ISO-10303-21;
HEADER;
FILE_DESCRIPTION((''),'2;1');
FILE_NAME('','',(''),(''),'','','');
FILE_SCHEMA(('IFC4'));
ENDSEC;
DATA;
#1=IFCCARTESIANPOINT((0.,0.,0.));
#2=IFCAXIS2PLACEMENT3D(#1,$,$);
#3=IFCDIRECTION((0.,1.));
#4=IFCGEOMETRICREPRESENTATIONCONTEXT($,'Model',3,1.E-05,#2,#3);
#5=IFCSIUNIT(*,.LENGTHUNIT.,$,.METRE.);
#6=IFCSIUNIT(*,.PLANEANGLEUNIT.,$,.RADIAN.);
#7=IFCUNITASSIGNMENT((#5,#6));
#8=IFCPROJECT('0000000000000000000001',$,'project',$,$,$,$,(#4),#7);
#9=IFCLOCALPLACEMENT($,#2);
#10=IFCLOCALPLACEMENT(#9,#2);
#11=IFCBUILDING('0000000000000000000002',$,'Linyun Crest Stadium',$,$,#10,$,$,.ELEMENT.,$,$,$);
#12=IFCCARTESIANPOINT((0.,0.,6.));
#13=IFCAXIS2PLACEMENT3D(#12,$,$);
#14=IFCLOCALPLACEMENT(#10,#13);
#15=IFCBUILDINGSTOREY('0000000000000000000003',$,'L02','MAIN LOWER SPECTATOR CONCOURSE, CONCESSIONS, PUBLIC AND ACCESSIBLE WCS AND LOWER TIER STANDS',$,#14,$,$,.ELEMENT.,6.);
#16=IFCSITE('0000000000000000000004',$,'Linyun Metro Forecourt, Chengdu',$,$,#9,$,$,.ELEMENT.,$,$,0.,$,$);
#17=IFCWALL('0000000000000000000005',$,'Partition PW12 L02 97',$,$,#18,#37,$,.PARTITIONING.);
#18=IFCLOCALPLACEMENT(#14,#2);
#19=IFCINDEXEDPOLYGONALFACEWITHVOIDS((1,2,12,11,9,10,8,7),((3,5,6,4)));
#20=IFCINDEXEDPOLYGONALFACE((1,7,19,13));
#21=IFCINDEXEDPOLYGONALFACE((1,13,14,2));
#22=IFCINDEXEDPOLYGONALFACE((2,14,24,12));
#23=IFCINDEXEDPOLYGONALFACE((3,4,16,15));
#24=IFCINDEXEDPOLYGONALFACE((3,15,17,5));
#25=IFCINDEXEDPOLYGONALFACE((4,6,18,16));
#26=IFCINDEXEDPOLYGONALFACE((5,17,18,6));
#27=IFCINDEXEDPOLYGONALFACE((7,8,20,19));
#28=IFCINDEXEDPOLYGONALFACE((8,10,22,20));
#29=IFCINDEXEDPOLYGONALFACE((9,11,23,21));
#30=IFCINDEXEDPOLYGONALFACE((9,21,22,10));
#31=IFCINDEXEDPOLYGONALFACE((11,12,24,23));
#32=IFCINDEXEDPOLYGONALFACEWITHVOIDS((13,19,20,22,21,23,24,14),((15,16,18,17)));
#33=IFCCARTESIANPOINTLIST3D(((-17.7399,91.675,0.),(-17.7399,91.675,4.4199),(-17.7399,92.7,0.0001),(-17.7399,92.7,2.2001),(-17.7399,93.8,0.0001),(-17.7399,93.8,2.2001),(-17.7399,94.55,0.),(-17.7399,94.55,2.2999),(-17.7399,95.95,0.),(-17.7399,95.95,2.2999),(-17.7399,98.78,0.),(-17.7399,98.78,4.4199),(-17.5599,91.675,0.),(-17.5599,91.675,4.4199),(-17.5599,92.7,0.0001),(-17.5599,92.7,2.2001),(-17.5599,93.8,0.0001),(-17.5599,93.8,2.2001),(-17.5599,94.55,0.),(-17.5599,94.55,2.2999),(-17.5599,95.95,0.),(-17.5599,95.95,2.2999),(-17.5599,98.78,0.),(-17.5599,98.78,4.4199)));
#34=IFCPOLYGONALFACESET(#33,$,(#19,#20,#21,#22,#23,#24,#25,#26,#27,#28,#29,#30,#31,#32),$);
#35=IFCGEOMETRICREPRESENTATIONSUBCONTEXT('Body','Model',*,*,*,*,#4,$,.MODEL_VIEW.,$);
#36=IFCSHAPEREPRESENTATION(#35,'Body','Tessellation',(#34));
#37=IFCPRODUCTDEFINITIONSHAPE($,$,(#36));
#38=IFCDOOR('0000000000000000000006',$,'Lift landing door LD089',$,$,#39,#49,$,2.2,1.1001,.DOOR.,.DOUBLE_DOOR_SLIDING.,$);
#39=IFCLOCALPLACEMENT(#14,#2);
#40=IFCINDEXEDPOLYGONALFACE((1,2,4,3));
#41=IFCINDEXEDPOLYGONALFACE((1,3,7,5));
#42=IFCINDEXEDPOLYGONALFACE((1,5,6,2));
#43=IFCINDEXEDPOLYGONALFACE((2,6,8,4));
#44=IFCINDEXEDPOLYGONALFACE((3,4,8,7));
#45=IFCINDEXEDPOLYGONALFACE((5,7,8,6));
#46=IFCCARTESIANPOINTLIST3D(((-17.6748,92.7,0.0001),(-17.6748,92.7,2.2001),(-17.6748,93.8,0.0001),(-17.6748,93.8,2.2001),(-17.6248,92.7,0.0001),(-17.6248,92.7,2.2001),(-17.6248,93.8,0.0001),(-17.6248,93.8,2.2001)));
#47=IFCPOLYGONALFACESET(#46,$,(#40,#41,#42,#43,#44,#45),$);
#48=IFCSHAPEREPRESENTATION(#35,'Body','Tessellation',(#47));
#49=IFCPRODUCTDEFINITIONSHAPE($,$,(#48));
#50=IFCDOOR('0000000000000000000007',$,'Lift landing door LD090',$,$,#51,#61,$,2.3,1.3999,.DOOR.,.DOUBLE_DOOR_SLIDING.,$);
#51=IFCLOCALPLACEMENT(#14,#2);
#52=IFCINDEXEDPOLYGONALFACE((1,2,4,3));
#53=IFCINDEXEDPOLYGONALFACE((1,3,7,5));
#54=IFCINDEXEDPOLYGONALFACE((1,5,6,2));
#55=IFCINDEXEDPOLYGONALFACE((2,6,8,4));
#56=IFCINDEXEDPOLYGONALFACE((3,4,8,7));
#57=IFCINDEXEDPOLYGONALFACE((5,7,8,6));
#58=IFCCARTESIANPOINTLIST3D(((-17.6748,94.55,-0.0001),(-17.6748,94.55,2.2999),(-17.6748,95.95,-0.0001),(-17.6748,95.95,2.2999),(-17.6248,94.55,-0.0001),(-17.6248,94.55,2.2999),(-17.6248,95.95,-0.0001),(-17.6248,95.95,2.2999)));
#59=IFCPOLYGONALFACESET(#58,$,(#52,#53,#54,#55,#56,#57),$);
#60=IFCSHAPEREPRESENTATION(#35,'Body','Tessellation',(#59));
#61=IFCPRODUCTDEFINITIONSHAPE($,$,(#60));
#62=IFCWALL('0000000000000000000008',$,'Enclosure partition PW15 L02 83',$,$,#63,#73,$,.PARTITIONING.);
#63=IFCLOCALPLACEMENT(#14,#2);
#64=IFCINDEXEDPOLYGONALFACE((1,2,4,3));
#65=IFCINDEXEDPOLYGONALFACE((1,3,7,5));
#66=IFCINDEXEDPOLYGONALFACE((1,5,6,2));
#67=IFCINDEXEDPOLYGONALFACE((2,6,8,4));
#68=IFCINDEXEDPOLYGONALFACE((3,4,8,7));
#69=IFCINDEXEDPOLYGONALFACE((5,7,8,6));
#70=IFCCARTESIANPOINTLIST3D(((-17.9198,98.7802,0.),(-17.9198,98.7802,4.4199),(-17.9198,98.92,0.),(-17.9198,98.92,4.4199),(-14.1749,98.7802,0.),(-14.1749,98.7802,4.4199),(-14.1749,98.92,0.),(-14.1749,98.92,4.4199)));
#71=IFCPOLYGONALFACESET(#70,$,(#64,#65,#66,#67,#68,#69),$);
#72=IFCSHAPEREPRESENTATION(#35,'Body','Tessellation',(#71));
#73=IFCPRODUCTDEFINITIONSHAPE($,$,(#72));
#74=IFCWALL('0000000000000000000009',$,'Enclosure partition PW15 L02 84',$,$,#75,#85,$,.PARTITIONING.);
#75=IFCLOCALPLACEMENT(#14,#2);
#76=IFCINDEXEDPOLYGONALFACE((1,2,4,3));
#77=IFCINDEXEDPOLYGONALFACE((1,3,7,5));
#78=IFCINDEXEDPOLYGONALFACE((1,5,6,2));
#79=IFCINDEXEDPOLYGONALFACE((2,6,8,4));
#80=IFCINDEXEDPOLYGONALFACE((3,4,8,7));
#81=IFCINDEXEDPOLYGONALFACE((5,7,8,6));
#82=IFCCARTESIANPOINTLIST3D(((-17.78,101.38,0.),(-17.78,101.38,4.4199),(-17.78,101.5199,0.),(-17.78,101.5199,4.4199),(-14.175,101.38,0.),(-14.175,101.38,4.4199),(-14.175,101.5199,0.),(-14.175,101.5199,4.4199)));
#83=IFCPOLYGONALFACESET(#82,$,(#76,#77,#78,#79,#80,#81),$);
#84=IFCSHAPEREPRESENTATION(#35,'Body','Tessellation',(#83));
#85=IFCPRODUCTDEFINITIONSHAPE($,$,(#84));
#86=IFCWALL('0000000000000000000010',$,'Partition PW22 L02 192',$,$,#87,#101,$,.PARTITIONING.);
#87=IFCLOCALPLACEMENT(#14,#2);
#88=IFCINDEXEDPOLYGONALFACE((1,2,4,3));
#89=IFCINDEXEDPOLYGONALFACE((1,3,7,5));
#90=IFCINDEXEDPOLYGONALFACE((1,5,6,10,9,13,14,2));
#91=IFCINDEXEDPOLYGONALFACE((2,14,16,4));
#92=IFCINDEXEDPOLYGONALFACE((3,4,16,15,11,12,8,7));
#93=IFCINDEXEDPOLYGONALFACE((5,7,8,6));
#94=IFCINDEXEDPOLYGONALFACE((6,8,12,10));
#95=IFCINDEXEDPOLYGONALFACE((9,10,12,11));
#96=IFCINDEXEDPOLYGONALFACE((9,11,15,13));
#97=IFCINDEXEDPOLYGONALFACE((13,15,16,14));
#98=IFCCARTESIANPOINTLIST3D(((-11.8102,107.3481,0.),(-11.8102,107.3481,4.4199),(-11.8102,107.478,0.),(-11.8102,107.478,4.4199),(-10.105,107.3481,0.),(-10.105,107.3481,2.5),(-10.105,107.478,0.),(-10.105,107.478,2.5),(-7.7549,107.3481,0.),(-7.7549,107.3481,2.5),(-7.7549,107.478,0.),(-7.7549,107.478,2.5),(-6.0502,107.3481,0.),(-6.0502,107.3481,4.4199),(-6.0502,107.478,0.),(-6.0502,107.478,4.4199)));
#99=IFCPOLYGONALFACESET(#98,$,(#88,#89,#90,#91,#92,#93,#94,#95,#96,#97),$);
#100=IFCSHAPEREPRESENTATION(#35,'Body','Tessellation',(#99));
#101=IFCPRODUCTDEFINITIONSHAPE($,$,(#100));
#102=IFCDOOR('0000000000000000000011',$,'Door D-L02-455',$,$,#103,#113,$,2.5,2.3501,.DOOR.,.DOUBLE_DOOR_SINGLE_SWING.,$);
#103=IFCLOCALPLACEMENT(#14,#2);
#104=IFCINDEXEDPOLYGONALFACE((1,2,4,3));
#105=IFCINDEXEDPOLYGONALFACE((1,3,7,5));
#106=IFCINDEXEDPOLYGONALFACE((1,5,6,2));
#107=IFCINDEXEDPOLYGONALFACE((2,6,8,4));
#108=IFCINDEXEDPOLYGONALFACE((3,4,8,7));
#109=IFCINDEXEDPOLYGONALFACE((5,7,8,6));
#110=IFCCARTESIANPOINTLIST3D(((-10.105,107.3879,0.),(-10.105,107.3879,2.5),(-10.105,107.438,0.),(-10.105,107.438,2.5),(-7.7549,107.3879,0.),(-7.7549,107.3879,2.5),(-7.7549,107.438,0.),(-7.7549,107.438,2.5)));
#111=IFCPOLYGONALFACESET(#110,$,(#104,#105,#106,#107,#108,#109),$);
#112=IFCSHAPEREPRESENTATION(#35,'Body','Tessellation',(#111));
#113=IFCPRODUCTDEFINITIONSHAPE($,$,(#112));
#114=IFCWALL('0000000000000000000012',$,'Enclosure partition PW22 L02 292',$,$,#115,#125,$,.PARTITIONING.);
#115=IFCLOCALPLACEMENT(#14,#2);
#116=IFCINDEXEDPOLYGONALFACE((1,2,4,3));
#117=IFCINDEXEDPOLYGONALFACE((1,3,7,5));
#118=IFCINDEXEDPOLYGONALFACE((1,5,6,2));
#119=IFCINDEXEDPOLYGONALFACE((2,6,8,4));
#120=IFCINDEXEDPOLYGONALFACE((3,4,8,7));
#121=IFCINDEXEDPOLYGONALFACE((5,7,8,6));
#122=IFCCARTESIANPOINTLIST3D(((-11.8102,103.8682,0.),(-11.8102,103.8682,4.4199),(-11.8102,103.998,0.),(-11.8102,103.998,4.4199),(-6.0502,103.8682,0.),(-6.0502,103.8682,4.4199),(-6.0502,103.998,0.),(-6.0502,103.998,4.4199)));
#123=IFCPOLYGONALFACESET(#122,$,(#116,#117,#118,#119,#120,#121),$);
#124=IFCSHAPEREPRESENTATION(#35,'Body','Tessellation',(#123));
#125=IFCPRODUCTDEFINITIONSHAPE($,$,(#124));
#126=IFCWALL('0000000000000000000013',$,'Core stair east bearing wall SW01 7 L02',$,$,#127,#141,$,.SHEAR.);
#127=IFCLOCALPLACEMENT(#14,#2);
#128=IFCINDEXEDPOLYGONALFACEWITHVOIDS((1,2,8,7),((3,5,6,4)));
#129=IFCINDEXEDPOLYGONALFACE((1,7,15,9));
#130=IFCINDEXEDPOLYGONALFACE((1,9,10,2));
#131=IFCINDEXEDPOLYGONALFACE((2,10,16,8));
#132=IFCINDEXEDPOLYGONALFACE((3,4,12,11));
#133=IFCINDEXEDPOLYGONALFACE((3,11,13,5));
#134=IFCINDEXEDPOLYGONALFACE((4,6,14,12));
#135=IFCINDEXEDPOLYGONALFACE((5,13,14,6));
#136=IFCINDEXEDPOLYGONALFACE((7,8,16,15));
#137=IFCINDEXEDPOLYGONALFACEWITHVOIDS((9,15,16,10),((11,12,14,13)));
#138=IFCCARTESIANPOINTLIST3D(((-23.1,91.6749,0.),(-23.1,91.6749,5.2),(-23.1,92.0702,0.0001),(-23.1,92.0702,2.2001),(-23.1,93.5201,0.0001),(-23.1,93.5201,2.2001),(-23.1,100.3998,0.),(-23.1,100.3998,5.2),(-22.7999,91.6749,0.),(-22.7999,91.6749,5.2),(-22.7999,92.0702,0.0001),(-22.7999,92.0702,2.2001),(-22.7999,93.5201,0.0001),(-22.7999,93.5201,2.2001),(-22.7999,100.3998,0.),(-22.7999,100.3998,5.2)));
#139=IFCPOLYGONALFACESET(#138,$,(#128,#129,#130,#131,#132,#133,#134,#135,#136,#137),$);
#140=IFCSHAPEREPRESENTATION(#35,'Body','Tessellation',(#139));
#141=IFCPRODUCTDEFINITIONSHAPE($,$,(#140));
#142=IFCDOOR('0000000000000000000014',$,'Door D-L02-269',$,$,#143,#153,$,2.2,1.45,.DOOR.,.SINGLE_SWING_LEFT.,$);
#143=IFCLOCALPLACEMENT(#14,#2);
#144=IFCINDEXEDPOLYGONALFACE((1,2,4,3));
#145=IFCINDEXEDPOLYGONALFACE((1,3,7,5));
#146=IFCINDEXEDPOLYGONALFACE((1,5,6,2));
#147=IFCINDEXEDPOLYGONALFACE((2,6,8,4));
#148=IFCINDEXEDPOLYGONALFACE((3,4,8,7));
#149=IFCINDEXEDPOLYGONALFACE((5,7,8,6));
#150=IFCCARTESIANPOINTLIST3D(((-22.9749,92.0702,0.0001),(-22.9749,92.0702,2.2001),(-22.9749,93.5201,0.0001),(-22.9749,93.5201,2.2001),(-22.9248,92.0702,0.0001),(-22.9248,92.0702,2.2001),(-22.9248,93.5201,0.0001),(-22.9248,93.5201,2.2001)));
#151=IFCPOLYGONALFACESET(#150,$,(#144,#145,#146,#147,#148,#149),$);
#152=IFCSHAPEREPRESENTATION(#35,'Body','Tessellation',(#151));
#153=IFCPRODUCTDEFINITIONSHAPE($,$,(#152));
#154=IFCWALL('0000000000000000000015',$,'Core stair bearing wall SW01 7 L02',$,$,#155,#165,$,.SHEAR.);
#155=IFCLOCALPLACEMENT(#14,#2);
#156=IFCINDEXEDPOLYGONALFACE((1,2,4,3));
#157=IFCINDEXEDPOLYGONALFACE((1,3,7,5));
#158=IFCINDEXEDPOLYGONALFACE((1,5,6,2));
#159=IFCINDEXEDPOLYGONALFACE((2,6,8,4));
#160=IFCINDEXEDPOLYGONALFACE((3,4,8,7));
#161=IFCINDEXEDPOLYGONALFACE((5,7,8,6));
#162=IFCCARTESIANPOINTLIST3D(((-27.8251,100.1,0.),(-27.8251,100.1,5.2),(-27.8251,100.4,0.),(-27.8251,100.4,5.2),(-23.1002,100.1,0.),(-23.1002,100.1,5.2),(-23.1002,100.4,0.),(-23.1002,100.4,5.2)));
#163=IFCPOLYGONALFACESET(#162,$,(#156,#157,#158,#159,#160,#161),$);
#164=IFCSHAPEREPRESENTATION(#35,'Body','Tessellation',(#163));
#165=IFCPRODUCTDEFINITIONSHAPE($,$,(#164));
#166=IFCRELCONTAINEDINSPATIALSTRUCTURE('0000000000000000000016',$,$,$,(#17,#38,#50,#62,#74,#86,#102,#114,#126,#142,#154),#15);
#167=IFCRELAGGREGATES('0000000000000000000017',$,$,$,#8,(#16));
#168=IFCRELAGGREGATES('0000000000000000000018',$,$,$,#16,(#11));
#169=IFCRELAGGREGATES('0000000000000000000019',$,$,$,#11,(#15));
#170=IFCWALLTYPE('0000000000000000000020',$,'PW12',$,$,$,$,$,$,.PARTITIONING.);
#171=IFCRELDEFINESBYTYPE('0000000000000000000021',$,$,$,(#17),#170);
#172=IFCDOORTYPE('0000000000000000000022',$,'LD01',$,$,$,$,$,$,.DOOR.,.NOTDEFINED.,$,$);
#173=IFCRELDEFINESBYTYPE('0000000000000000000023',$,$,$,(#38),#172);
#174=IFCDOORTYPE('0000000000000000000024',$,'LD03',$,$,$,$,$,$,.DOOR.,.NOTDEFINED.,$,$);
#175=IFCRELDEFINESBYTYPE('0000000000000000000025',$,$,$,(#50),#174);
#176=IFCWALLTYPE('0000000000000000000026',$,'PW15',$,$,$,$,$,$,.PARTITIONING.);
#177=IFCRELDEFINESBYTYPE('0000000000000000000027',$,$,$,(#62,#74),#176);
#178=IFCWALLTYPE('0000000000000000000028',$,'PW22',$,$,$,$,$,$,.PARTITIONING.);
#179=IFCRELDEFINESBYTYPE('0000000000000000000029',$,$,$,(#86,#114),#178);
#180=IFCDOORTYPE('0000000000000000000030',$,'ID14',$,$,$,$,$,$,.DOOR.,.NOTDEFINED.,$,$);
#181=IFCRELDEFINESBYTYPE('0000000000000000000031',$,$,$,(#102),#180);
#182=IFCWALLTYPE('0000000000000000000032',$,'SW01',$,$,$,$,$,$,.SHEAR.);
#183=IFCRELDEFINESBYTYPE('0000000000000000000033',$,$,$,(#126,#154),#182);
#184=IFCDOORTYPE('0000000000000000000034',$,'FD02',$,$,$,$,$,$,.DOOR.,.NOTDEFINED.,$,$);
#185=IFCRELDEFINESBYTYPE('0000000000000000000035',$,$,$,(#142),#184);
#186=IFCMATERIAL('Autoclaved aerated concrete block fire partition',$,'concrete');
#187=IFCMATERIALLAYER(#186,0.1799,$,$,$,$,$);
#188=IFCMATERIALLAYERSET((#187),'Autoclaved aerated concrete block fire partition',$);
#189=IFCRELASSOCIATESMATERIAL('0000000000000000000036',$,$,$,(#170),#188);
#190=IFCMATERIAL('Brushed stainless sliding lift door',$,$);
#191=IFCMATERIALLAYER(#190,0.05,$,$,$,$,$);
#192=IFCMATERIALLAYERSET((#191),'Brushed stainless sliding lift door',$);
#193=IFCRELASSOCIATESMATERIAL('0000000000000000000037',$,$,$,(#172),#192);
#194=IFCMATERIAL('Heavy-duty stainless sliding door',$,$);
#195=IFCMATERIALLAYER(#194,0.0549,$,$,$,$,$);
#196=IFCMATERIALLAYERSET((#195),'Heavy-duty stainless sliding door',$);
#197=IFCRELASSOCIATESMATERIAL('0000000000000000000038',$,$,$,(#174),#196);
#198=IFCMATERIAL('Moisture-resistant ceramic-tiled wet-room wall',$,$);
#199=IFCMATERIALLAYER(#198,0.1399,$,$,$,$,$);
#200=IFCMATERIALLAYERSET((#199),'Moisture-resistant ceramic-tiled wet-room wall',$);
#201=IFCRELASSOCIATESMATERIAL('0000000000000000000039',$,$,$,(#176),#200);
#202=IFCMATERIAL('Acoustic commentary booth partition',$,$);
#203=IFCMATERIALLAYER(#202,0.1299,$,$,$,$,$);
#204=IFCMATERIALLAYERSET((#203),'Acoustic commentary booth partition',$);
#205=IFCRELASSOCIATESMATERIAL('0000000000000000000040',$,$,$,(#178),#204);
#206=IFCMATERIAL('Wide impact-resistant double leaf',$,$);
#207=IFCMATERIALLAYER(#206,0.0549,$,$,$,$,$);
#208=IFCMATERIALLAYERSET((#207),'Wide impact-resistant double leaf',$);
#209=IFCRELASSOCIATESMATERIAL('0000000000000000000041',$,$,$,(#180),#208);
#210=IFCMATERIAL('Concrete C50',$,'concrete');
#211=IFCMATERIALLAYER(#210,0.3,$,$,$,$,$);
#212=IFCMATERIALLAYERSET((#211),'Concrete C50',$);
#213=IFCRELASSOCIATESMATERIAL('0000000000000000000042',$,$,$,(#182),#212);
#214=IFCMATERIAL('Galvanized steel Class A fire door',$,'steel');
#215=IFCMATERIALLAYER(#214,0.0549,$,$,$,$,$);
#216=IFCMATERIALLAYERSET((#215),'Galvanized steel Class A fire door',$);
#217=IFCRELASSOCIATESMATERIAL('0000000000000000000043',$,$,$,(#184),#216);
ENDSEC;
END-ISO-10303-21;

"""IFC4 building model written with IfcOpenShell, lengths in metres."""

from ifc_helpers import new_model, si_unit, direction, frame, frame_2d, origin, place, context, subcontext, project, spatial, rectangle, extrude, material, layer, layer_set, type_object, element, fill, save


model = new_model("IFC4")

# Units and contexts
model_context = context("Model", 3, precision=1e-05, world=origin(), true_north=direction((0.0, 1.0)))
body_context = subcontext(model_context, "Body", "Model", "MODEL_VIEW")
ifc_project = project(units=[si_unit("LENGTHUNIT", "METRE"), si_unit("PLANEANGLEUNIT", "RADIAN")], contexts=[model_context])

# Site, building, storey
site_placement = place(None, origin())
site = spatial("IfcSite", under=ifc_project, at=site_placement, Name="Linyun Metro Forecourt, Chengdu", CompositionType="ELEMENT", RefElevation=0.0)
building_placement = place(site_placement, origin())
building = spatial("IfcBuilding", under=site, at=building_placement, Name="Linyun Crest Stadium", CompositionType="ELEMENT")
storey_placement = place(building_placement, frame((0.0, 0.0, 6.0)))
storey = spatial("IfcBuildingStorey", under=building, at=storey_placement, Name="L02", Description="MAIN LOWER SPECTATOR CONCOURSE, CONCESSIONS, PUBLIC AND ACCESSIBLE WCS AND LOWER TIER STANDS", CompositionType="ELEMENT", Elevation=6.0)

# Wall, openings, doors
ifc_material_1 = material(Name="Autoclaved aerated concrete block fire partition", Category="concrete")
ifc_layer_1 = layer(ifc_material_1, 0.1799)
ifc_layer_set_1 = layer_set([ifc_layer_1], Name="Autoclaved aerated concrete block fire partition")
wall_type_1 = type_object("IfcWallType", Name="PW12", PredefinedType="PARTITIONING", material=ifc_layer_set_1)
wall_1_placement = place(storey_placement, frame((-17.6499, 91.675, 0.0), z_axis=(0.0, 0.0, 1.0), x_axis=(0.0, 1.0, 0.0)))
wall_1 = element("IfcWall", 1, at=wall_1_placement, inside=storey, type_object=wall_type_1, Name="Partition PW12 L02 97", PredefinedType="PARTITIONING", context=body_context, shape_type="SweptSolid", body=[
    extrude(rectangle(XDim=7.105, YDim=0.1799, at=frame_2d((3.5525, 0.0))), origin(), (0.0, 0.0, 1.0), 4.4199),
])
opening_1_placement = place(wall_1_placement, frame((1.0249, 0.0, 0.0)))
opening_1 = element("IfcOpeningElement", 2, at=opening_1_placement, cuts=wall_1, PredefinedType="OPENING", context=body_context, shape_type="SweptSolid", body=[
    extrude(rectangle(XDim=1.1001, YDim=2.2, at=frame_2d((0.55, 1.1001))), frame((0.0, 0.0999, 0.0), z_axis=(0.0, -1.0, 0.0), x_axis=(1.0, 0.0, 0.0)), (0.0, 0.0, 1.0), 0.2),
])
opening_2_placement = place(wall_1_placement, frame((2.875, 0.0, 0.0)))
opening_2 = element("IfcOpeningElement", 3, at=opening_2_placement, cuts=wall_1, PredefinedType="OPENING", context=body_context, shape_type="SweptSolid", body=[
    extrude(rectangle(XDim=1.3999, YDim=2.3, at=frame_2d((0.7, 1.1499))), frame((0.0, 0.0999, 0.0), z_axis=(0.0, -1.0, 0.0), x_axis=(1.0, 0.0, 0.0)), (0.0, 0.0, 1.0), 0.2),
])
ifc_material_2 = material(Name="Brushed stainless sliding lift door")
ifc_layer_2 = layer(ifc_material_2, 0.05)
ifc_layer_set_2 = layer_set([ifc_layer_2], Name="Brushed stainless sliding lift door")
door_type_1 = type_object("IfcDoorType", Name="LD01", OperationType="NOTDEFINED", PredefinedType="DOOR", material=ifc_layer_set_2)
door_1_placement = place(opening_1_placement, origin())
door_1 = element("IfcDoor", 4, at=door_1_placement, inside=storey, type_object=door_type_1, Name="Lift landing door LD089", OperationType="DOUBLE_DOOR_SLIDING", OverallHeight=2.2, OverallWidth=1.1001, PredefinedType="DOOR", context=body_context, shape_type="SweptSolid", body=[
    extrude(rectangle(XDim=1.1001, YDim=2.2, at=frame_2d((0.55, 1.1001))), frame((0.0, 0.0249, 0.0), z_axis=(0.0, -1.0, 0.0), x_axis=(1.0, 0.0, 0.0)), (0.0, 0.0, 1.0), 0.05),
])
fill(opening_1, door_1)
ifc_material_3 = material(Name="Heavy-duty stainless sliding door")
ifc_layer_3 = layer(ifc_material_3, 0.0549)
ifc_layer_set_3 = layer_set([ifc_layer_3], Name="Heavy-duty stainless sliding door")
door_type_2 = type_object("IfcDoorType", Name="LD03", OperationType="NOTDEFINED", PredefinedType="DOOR", material=ifc_layer_set_3)
door_2_placement = place(opening_2_placement, origin())
door_2 = element("IfcDoor", 5, at=door_2_placement, inside=storey, type_object=door_type_2, Name="Lift landing door LD090", OperationType="DOUBLE_DOOR_SLIDING", OverallHeight=2.3, OverallWidth=1.3999, PredefinedType="DOOR", context=body_context, shape_type="SweptSolid", body=[
    extrude(rectangle(XDim=1.3999, YDim=2.3, at=frame_2d((0.7, 1.1499))), frame((0.0, 0.0249, 0.0), z_axis=(0.0, -1.0, 0.0), x_axis=(1.0, 0.0, 0.0)), (0.0, 0.0, 1.0), 0.05),
])
fill(opening_2, door_2)
ifc_material_4 = material(Name="Moisture-resistant ceramic-tiled wet-room wall")
ifc_layer_4 = layer(ifc_material_4, 0.1399)
ifc_layer_set_4 = layer_set([ifc_layer_4], Name="Moisture-resistant ceramic-tiled wet-room wall")
wall_type_2 = type_object("IfcWallType", Name="PW15", PredefinedType="PARTITIONING", material=ifc_layer_set_4)

# Walls
wall_2_placement = place(storey_placement, frame((-17.9199, 98.8501, 0.0), z_axis=(0.0, 0.0, 1.0), x_axis=(1.0, 0.0, 0.0)))
element("IfcWall", 6, at=wall_2_placement, inside=storey, type_object=wall_type_2, Name="Enclosure partition PW15 L02 83", PredefinedType="PARTITIONING", context=body_context, shape_type="SweptSolid", body=[
    extrude(rectangle(XDim=3.7449, YDim=0.1399, at=frame_2d((1.8726, 0.0))), origin(), (0.0, 0.0, 1.0), 4.4199),
])
wall_3_placement = place(storey_placement, frame((-17.78, 101.45, 0.0), z_axis=(0.0, 0.0, 1.0), x_axis=(1.0, 0.0, 0.0)))
element("IfcWall", 7, at=wall_3_placement, inside=storey, type_object=wall_type_2, Name="Enclosure partition PW15 L02 84", PredefinedType="PARTITIONING", context=body_context, shape_type="SweptSolid", body=[
    extrude(rectangle(XDim=3.605, YDim=0.1399, at=frame_2d((1.8025, 0.0))), origin(), (0.0, 0.0, 1.0), 4.4199),
])

# Wall, opening, door
ifc_material_5 = material(Name="Acoustic commentary booth partition")
ifc_layer_5 = layer(ifc_material_5, 0.1299)
ifc_layer_set_5 = layer_set([ifc_layer_5], Name="Acoustic commentary booth partition")
wall_type_3 = type_object("IfcWallType", Name="PW22", PredefinedType="PARTITIONING", material=ifc_layer_set_5)
wall_4_placement = place(storey_placement, frame((-11.8101, 107.4131, 0.0), z_axis=(0.0, 0.0, 1.0), x_axis=(1.0, 0.0, 0.0)))
wall_4 = element("IfcWall", 8, at=wall_4_placement, inside=storey, type_object=wall_type_3, Name="Partition PW22 L02 192", PredefinedType="PARTITIONING", context=body_context, shape_type="SweptSolid", body=[
    extrude(rectangle(XDim=5.76, YDim=0.1299, at=frame_2d((2.8799, 0.0))), origin(), (0.0, 0.0, 1.0), 4.4199),
])
opening_3_placement = place(wall_4_placement, frame((1.7051, 0.0, 0.0)))
opening_3 = element("IfcOpeningElement", 9, at=opening_3_placement, cuts=wall_4, PredefinedType="OPENING", context=body_context, shape_type="SweptSolid", body=[
    extrude(rectangle(XDim=2.3501, YDim=2.5, at=frame_2d((1.175, 1.25))), frame((0.0, 0.075, 0.0), z_axis=(0.0, -1.0, 0.0), x_axis=(1.0, 0.0, 0.0)), (0.0, 0.0, 1.0), 0.1499),
])
ifc_material_6 = material(Name="Wide impact-resistant double leaf")
ifc_layer_6 = layer(ifc_material_6, 0.0549)
ifc_layer_set_6 = layer_set([ifc_layer_6], Name="Wide impact-resistant double leaf")
door_type_3 = type_object("IfcDoorType", Name="ID14", OperationType="NOTDEFINED", PredefinedType="DOOR", material=ifc_layer_set_6)
door_3_placement = place(opening_3_placement, origin())
door_3 = element("IfcDoor", 10, at=door_3_placement, inside=storey, type_object=door_type_3, Name="Door D-L02-455", OperationType="DOUBLE_DOOR_SINGLE_SWING", OverallHeight=2.5, OverallWidth=2.3501, PredefinedType="DOOR", context=body_context, shape_type="SweptSolid", body=[
    extrude(rectangle(XDim=2.3501, YDim=2.5, at=frame_2d((1.175, 1.25))), frame((0.0, 0.0249, 0.0), z_axis=(0.0, -1.0, 0.0), x_axis=(1.0, 0.0, 0.0)), (0.0, 0.0, 1.0), 0.05),
])
fill(opening_3, door_3)

# Wall
wall_5_placement = place(storey_placement, frame((-11.8101, 103.9331, 0.0), z_axis=(0.0, 0.0, 1.0), x_axis=(1.0, 0.0, 0.0)))
element("IfcWall", 11, at=wall_5_placement, inside=storey, type_object=wall_type_3, Name="Enclosure partition PW22 L02 292", PredefinedType="PARTITIONING", context=body_context, shape_type="SweptSolid", body=[
    extrude(rectangle(XDim=5.76, YDim=0.1299, at=frame_2d((2.8799, 0.0))), origin(), (0.0, 0.0, 1.0), 4.4199),
])

# Wall, opening, door
ifc_material_7 = material(Name="Concrete C50", Category="concrete")
ifc_layer_7 = layer(ifc_material_7, 0.3)
ifc_layer_set_7 = layer_set([ifc_layer_7], Name="Concrete C50")
wall_type_4 = type_object("IfcWallType", Name="SW01", PredefinedType="SHEAR", material=ifc_layer_set_7)
wall_6_placement = place(storey_placement, frame((-22.95, 91.675, 0.0), z_axis=(0.0, 0.0, 1.0), x_axis=(0.0, 1.0, 0.0)))
wall_6 = element("IfcWall", 12, at=wall_6_placement, inside=storey, type_object=wall_type_4, Name="Core stair east bearing wall SW01 7 L02", PredefinedType="SHEAR", context=body_context, shape_type="SweptSolid", body=[
    extrude(rectangle(XDim=8.7249, YDim=0.3, at=frame_2d((4.3623, 0.0))), origin(), (0.0, 0.0, 1.0), 5.2),
])
opening_4_placement = place(wall_6_placement, frame((0.395, 0.0, 0.0)))
opening_4 = element("IfcOpeningElement", 13, at=opening_4_placement, cuts=wall_6, PredefinedType="OPENING", context=body_context, shape_type="SweptSolid", body=[
    extrude(rectangle(XDim=1.45, YDim=2.2, at=frame_2d((0.7251, 1.1001))), frame((0.0, 0.1599, 0.0), z_axis=(0.0, -1.0, 0.0), x_axis=(1.0, 0.0, 0.0)), (0.0, 0.0, 1.0), 0.3201),
])
ifc_material_8 = material(Name="Galvanized steel Class A fire door", Category="steel")
ifc_layer_8 = layer(ifc_material_8, 0.0549)
ifc_layer_set_8 = layer_set([ifc_layer_8], Name="Galvanized steel Class A fire door")
door_type_4 = type_object("IfcDoorType", Name="FD02", OperationType="NOTDEFINED", PredefinedType="DOOR", material=ifc_layer_set_8)
door_4_placement = place(opening_4_placement, origin())
door_4 = element("IfcDoor", 14, at=door_4_placement, inside=storey, type_object=door_type_4, Name="Door D-L02-269", OperationType="SINGLE_SWING_LEFT", OverallHeight=2.2, OverallWidth=1.45, PredefinedType="DOOR", context=body_context, shape_type="SweptSolid", body=[
    extrude(rectangle(XDim=1.45, YDim=2.2, at=frame_2d((0.7251, 1.1001))), frame((0.0, 0.0249, 0.0), z_axis=(0.0, -1.0, 0.0), x_axis=(1.0, 0.0, 0.0)), (0.0, 0.0, 1.0), 0.05),
])
fill(opening_4, door_4)

# Wall
wall_7_placement = place(storey_placement, frame((-27.825, 100.25, 0.0), z_axis=(0.0, 0.0, 1.0), x_axis=(1.0, 0.0, 0.0)))
element("IfcWall", 15, at=wall_7_placement, inside=storey, type_object=wall_type_4, Name="Core stair bearing wall SW01 7 L02", PredefinedType="SHEAR", context=body_context, shape_type="SweptSolid", body=[
    extrude(rectangle(XDim=4.7249, YDim=0.3, at=frame_2d((2.3623, 0.0))), origin(), (0.0, 0.0, 1.0), 5.2),
])

save(model, "model.ifc")
